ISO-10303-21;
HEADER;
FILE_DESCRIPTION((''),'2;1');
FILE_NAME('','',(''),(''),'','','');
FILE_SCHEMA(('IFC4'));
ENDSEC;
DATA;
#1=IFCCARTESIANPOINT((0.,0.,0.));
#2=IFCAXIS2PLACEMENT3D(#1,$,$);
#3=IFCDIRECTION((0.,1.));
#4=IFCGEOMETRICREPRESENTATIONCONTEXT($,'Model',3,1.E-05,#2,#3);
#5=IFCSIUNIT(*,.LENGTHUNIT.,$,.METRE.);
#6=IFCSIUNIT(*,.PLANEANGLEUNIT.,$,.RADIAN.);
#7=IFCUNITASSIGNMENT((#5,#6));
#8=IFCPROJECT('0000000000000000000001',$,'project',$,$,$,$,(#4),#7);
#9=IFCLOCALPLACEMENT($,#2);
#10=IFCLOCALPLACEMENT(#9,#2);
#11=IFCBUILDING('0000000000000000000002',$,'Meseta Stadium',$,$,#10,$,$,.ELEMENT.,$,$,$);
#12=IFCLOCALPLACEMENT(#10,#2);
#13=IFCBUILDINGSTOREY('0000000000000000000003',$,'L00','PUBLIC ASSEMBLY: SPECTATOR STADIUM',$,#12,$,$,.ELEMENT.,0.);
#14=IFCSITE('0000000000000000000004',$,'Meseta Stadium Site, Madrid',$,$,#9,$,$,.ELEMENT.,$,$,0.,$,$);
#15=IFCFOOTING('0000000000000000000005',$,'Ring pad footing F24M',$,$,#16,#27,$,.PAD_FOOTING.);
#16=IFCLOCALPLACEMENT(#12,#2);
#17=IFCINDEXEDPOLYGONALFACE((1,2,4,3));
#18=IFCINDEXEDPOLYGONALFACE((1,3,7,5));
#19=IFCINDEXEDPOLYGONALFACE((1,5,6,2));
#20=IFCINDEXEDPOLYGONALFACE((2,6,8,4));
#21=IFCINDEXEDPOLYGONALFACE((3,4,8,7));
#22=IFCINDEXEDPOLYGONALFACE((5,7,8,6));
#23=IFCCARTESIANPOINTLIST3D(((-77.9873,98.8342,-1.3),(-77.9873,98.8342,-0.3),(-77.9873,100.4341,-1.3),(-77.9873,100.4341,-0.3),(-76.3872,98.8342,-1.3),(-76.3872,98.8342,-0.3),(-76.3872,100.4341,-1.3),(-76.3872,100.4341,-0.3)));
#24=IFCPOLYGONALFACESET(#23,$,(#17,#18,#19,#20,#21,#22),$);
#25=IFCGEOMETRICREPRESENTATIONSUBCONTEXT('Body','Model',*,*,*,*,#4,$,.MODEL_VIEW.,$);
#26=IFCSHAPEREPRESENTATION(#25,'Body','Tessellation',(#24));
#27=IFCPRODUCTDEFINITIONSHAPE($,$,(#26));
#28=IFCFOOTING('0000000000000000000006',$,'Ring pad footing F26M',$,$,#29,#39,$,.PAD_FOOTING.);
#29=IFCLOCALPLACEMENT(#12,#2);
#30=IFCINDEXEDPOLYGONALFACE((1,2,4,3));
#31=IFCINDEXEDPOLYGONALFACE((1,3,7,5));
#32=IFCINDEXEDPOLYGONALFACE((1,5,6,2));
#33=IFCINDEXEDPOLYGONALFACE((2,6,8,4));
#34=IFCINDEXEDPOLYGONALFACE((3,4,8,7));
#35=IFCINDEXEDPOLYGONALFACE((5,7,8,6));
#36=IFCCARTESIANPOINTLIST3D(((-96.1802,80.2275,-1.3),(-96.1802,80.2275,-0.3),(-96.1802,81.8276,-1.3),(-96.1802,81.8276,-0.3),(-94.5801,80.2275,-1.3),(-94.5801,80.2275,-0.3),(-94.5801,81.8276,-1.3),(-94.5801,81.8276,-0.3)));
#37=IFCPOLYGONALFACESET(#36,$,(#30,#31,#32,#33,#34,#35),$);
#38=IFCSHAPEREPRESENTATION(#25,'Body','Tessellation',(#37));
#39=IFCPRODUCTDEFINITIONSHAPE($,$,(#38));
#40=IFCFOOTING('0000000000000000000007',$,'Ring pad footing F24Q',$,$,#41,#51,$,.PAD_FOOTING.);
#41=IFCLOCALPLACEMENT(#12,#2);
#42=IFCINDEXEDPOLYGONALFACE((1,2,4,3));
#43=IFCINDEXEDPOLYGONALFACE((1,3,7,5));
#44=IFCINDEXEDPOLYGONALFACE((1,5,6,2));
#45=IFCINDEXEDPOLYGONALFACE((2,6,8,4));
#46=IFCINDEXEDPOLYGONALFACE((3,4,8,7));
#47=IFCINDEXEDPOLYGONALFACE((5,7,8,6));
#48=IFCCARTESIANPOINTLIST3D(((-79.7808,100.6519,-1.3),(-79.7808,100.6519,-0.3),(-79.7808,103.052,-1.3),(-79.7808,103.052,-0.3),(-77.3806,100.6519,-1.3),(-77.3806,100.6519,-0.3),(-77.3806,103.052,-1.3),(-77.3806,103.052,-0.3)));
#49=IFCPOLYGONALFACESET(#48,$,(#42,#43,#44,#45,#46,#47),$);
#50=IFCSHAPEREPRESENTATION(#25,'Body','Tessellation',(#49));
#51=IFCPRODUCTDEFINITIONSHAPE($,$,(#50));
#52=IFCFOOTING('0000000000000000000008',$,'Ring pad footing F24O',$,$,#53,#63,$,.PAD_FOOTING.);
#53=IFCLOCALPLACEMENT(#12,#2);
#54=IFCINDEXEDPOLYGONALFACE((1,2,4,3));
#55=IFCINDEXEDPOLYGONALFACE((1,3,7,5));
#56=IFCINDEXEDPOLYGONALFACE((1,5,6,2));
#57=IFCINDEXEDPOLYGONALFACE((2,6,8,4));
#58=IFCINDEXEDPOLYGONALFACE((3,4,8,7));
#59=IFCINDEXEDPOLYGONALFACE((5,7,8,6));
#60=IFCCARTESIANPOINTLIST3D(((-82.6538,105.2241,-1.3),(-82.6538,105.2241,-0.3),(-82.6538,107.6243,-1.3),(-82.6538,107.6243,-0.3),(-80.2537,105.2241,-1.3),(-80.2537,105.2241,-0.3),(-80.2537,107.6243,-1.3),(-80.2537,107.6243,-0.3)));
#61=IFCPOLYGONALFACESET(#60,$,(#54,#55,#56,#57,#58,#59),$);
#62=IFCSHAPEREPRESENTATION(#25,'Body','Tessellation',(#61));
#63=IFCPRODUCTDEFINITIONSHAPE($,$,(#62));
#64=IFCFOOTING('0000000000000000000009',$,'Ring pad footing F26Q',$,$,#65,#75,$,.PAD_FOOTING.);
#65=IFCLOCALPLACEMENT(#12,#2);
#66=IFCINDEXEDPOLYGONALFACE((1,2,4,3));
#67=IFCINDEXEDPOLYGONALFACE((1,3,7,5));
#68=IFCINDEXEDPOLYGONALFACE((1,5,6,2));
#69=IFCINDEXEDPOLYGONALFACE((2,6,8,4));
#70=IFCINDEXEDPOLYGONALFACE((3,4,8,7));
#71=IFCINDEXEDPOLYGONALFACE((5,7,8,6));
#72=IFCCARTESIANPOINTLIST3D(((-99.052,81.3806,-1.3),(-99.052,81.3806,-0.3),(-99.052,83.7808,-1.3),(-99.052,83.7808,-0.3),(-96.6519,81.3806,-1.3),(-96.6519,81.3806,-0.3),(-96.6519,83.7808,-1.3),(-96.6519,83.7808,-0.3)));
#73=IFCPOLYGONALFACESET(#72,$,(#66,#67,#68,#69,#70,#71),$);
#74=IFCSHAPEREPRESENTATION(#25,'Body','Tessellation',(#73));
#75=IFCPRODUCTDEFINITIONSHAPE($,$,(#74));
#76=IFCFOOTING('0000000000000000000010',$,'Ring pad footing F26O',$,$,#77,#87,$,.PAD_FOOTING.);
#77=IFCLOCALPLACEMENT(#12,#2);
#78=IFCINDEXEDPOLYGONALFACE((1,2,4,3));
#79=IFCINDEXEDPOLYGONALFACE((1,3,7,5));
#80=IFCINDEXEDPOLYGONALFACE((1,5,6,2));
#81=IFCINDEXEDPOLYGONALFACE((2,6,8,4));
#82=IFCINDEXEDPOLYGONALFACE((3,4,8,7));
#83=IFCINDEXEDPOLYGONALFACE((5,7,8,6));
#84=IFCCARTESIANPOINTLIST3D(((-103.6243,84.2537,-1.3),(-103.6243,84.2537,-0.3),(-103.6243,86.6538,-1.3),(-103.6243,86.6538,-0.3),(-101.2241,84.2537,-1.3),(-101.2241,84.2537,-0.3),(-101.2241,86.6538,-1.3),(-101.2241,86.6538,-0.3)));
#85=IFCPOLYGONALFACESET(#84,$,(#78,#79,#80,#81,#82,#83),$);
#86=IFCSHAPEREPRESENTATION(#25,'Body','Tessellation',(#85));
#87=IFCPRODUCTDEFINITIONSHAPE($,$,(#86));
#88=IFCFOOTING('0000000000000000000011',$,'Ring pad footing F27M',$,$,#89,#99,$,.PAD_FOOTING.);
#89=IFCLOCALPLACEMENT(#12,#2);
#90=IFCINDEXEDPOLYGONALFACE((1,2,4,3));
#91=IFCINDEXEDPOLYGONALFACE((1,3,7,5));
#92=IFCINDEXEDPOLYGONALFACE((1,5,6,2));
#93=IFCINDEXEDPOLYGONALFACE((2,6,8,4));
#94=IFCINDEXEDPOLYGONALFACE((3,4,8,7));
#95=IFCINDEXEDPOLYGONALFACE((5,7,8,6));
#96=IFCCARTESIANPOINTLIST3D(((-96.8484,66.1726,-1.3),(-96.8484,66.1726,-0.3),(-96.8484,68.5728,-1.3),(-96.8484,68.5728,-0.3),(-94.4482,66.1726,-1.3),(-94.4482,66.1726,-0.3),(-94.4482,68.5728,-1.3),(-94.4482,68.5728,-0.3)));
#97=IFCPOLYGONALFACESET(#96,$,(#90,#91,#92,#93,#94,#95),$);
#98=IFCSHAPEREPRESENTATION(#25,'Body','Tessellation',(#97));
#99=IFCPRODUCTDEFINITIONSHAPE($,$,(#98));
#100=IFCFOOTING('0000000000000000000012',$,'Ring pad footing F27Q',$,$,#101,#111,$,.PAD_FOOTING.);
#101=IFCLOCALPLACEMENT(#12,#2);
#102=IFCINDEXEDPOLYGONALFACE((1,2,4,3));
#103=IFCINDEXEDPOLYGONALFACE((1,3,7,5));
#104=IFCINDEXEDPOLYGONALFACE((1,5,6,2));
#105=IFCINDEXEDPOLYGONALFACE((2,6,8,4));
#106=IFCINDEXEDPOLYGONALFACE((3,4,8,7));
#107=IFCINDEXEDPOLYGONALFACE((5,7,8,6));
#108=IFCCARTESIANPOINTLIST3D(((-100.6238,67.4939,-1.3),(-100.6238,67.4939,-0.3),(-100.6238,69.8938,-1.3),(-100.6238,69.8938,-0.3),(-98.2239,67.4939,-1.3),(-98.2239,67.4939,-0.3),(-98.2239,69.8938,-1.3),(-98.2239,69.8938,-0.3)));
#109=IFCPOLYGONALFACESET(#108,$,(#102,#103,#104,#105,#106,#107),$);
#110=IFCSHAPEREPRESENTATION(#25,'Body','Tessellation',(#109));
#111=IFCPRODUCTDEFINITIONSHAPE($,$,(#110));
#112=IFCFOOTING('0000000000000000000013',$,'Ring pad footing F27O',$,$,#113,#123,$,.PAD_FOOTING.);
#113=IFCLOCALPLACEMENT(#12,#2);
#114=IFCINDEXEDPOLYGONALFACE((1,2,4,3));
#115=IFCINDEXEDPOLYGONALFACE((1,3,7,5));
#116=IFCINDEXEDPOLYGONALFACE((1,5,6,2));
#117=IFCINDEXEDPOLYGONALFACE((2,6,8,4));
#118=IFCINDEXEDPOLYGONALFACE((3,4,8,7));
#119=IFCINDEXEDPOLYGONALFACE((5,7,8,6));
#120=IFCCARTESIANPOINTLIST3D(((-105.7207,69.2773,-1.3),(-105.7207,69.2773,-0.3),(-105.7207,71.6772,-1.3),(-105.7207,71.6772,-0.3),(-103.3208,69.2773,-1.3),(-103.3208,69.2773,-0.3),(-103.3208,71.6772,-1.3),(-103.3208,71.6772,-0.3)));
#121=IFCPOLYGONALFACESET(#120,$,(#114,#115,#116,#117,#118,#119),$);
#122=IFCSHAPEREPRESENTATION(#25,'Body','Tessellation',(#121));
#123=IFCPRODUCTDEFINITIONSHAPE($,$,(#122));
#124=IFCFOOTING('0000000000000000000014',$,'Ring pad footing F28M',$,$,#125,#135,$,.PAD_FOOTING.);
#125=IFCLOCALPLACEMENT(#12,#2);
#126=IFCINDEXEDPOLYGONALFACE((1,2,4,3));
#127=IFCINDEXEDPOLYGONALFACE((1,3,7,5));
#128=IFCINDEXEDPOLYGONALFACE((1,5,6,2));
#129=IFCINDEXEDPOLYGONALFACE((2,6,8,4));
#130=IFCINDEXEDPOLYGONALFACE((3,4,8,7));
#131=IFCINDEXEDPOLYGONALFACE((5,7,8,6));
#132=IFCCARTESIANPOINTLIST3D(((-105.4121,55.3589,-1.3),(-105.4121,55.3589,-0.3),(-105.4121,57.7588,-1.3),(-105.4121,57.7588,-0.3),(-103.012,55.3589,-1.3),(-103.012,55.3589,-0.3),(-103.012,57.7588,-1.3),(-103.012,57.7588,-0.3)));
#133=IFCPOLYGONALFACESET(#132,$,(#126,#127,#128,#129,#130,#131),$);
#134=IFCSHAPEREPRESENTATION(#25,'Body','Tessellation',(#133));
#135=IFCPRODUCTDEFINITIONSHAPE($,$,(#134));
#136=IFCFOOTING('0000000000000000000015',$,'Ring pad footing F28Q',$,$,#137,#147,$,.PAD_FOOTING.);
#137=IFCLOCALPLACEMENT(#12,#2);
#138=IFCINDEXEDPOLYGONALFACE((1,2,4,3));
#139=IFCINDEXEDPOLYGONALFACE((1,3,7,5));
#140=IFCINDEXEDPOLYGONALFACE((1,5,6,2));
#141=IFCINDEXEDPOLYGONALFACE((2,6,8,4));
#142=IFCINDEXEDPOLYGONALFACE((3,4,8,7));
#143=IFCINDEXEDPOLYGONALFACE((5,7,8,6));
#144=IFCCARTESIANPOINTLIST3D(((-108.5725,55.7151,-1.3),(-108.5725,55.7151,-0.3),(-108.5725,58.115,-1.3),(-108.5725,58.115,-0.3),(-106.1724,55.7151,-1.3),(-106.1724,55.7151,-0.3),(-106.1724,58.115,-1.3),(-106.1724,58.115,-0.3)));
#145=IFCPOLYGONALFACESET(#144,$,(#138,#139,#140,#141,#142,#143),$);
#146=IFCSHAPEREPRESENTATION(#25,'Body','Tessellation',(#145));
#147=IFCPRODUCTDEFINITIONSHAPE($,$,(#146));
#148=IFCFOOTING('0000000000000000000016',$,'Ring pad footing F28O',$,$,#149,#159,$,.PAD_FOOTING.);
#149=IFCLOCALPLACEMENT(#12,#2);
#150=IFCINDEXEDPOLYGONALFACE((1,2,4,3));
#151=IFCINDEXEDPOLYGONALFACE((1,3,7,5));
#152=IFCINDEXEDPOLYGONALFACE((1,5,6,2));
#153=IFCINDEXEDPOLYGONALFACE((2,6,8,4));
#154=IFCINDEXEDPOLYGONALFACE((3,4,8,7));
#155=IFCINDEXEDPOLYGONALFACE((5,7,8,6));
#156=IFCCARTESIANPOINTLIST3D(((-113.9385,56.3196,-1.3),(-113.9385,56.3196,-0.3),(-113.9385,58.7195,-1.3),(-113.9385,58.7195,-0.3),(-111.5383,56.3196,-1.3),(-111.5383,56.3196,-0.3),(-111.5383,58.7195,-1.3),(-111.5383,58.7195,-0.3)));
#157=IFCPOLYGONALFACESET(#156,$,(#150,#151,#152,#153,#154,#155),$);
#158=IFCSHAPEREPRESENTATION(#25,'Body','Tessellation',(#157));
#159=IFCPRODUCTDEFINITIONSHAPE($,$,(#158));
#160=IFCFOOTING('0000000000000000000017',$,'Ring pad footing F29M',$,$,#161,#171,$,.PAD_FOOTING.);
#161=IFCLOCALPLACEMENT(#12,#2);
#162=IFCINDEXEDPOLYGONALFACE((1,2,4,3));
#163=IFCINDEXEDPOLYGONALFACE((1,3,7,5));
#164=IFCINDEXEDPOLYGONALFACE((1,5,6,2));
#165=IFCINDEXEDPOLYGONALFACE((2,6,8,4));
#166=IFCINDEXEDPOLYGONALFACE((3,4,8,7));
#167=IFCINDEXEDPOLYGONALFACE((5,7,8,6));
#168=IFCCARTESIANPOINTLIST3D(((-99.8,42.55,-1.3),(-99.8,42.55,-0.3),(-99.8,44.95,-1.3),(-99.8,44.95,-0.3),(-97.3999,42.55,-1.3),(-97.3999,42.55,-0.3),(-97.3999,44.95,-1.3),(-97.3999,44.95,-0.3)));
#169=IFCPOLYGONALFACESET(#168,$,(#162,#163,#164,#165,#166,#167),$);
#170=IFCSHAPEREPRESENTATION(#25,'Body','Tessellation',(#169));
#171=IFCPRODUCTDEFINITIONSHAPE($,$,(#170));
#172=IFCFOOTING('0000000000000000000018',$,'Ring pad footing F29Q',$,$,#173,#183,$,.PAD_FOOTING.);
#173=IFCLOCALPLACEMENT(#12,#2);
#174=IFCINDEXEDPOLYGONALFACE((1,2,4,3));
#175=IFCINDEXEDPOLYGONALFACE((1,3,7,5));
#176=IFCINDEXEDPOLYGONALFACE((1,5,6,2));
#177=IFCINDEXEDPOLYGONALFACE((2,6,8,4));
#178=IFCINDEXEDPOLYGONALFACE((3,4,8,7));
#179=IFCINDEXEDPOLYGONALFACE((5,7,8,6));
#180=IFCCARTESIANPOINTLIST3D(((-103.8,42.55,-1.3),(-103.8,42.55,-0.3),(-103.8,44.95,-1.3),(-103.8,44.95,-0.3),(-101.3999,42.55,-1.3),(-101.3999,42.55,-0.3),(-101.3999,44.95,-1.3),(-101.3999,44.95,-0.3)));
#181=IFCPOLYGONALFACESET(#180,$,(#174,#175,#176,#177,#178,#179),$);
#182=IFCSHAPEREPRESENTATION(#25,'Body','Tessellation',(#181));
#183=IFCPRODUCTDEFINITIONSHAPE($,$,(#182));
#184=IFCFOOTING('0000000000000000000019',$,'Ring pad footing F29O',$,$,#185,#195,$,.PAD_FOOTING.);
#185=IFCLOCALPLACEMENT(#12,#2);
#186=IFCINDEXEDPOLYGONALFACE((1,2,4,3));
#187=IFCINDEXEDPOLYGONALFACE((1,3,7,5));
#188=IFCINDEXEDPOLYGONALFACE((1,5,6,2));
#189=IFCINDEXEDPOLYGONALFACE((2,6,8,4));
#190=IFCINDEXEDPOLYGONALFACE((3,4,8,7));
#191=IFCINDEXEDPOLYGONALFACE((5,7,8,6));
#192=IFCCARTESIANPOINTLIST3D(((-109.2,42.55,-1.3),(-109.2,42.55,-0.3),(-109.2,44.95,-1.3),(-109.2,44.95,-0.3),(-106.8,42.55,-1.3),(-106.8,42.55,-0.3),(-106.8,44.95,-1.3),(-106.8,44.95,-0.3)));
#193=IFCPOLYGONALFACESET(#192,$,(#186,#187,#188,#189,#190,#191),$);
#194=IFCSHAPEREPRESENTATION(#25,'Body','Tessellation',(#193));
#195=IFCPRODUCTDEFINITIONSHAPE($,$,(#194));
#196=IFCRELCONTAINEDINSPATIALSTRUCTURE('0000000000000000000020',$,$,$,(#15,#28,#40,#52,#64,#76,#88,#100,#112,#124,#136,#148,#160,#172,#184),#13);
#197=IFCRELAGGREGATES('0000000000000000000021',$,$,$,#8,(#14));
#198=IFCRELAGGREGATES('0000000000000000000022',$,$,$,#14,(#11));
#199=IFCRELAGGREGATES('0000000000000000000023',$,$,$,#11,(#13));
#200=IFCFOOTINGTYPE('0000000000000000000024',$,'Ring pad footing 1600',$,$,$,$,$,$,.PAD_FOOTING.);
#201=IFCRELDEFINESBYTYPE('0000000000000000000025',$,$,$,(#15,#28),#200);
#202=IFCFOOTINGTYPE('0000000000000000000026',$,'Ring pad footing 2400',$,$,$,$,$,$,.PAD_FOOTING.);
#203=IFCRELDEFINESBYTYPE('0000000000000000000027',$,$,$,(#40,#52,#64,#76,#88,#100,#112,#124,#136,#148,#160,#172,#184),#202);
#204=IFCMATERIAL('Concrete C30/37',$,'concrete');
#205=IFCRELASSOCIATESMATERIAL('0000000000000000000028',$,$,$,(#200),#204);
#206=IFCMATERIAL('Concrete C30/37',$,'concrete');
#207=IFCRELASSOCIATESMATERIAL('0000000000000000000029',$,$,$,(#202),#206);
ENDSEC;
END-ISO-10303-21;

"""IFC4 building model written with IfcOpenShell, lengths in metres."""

from ifc_helpers import new_model, si_unit, direction, frame, origin, place, context, subcontext, project, spatial, polyline, outline, extrude, material, type_object, element, save


model = new_model("IFC4")

# Units and contexts
model_context = context("Model", 3, precision=1e-05, world=origin(), true_north=direction((0.0, 1.0)))
body_context = subcontext(model_context, "Body", "Model", "MODEL_VIEW")
ifc_project = project(units=[si_unit("LENGTHUNIT", "METRE"), si_unit("PLANEANGLEUNIT", "RADIAN")], contexts=[model_context])

# Site, building, storey
site_placement = place(None, origin())
site = spatial("IfcSite", under=ifc_project, at=site_placement, Name="Meseta Stadium Site, Madrid", CompositionType="ELEMENT", RefElevation=0.0)
building_placement = place(site_placement, origin())
building = spatial("IfcBuilding", under=site, at=building_placement, Name="Meseta Stadium", CompositionType="ELEMENT")
storey_placement = place(building_placement, origin())
storey = spatial("IfcBuildingStorey", under=building, at=storey_placement, Name="L00", Description="PUBLIC ASSEMBLY: SPECTATOR STADIUM", CompositionType="ELEMENT", Elevation=0.0)

# Footings
ifc_material_1 = material(Name="Concrete C30/37", Category="concrete")
footing_type_1 = type_object("IfcFootingType", Name="Ring pad footing 1600", PredefinedType="PAD_FOOTING", material=ifc_material_1)
footing_1_placement = place(storey_placement, frame((0.0, 0.0, -1.3)))
element("IfcFooting", 1, at=footing_1_placement, inside=storey, type_object=footing_type_1, Name="Ring pad footing F24M", PredefinedType="PAD_FOOTING", context=body_context, shape_type="SweptSolid", body=[
    extrude(outline(polyline([(-76.3872, 98.8342), (-76.3872, 100.4341), (-77.9873, 100.4341), (-77.9873, 98.8342), (-76.3872, 98.8342)])), origin(), (0.0, 0.0, 1.0), 1.0),
])
footing_2_placement = place(storey_placement, frame((0.0, 0.0, -1.3)))
element("IfcFooting", 2, at=footing_2_placement, inside=storey, type_object=footing_type_1, Name="Ring pad footing F26M", PredefinedType="PAD_FOOTING", context=body_context, shape_type="SweptSolid", body=[
    extrude(outline(polyline([(-94.5801, 80.2275), (-94.5801, 81.8276), (-96.1802, 81.8276), (-96.1802, 80.2275), (-94.5801, 80.2275)])), origin(), (0.0, 0.0, 1.0), 1.0),
])
ifc_material_2 = material(Name="Concrete C30/37", Category="concrete")
footing_type_2 = type_object("IfcFootingType", Name="Ring pad footing 2400", PredefinedType="PAD_FOOTING", material=ifc_material_2)
footing_3_placement = place(storey_placement, frame((0.0, 0.0, -1.3)))
element("IfcFooting", 3, at=footing_3_placement, inside=storey, type_object=footing_type_2, Name="Ring pad footing F24Q", PredefinedType="PAD_FOOTING", context=body_context, shape_type="SweptSolid", body=[
    extrude(outline(polyline([(-77.3806, 100.6519), (-77.3806, 103.052), (-79.7808, 103.052), (-79.7808, 100.6519), (-77.3806, 100.6519)])), origin(), (0.0, 0.0, 1.0), 1.0),
])
footing_4_placement = place(storey_placement, frame((0.0, 0.0, -1.3)))
element("IfcFooting", 4, at=footing_4_placement, inside=storey, type_object=footing_type_2, Name="Ring pad footing F24O", PredefinedType="PAD_FOOTING", context=body_context, shape_type="SweptSolid", body=[
    extrude(outline(polyline([(-80.2537, 105.2241), (-80.2537, 107.6243), (-82.6538, 107.6243), (-82.6538, 105.2241), (-80.2537, 105.2241)])), origin(), (0.0, 0.0, 1.0), 1.0),
])
footing_5_placement = place(storey_placement, frame((0.0, 0.0, -1.3)))
element("IfcFooting", 5, at=footing_5_placement, inside=storey, type_object=footing_type_2, Name="Ring pad footing F26Q", PredefinedType="PAD_FOOTING", context=body_context, shape_type="SweptSolid", body=[
    extrude(outline(polyline([(-96.6519, 81.3806), (-96.6519, 83.7808), (-99.052, 83.7808), (-99.052, 81.3806), (-96.6519, 81.3806)])), origin(), (0.0, 0.0, 1.0), 1.0),
])
footing_6_placement = place(storey_placement, frame((0.0, 0.0, -1.3)))
element("IfcFooting", 6, at=footing_6_placement, inside=storey, type_object=footing_type_2, Name="Ring pad footing F26O", PredefinedType="PAD_FOOTING", context=body_context, shape_type="SweptSolid", body=[
    extrude(outline(polyline([(-101.2241, 84.2537), (-101.2241, 86.6538), (-103.6243, 86.6538), (-103.6243, 84.2537), (-101.2241, 84.2537)])), origin(), (0.0, 0.0, 1.0), 1.0),
])
footing_7_placement = place(storey_placement, frame((0.0, 0.0, -1.3)))
element("IfcFooting", 7, at=footing_7_placement, inside=storey, type_object=footing_type_2, Name="Ring pad footing F27M", PredefinedType="PAD_FOOTING", context=body_context, shape_type="SweptSolid", body=[
    extrude(outline(polyline([(-94.4482, 66.1726), (-94.4482, 68.5728), (-96.8484, 68.5728), (-96.8484, 66.1726), (-94.4482, 66.1726)])), origin(), (0.0, 0.0, 1.0), 1.0),
])
footing_8_placement = place(storey_placement, frame((0.0, 0.0, -1.3)))
element("IfcFooting", 8, at=footing_8_placement, inside=storey, type_object=footing_type_2, Name="Ring pad footing F27Q", PredefinedType="PAD_FOOTING", context=body_context, shape_type="SweptSolid", body=[
    extrude(outline(polyline([(-98.2239, 67.4939), (-98.2239, 69.8938), (-100.6238, 69.8938), (-100.6238, 67.4939), (-98.2239, 67.4939)])), origin(), (0.0, 0.0, 1.0), 1.0),
])
footing_9_placement = place(storey_placement, frame((0.0, 0.0, -1.3)))
element("IfcFooting", 9, at=footing_9_placement, inside=storey, type_object=footing_type_2, Name="Ring pad footing F27O", PredefinedType="PAD_FOOTING", context=body_context, shape_type="SweptSolid", body=[
    extrude(outline(polyline([(-103.3208, 69.2773), (-103.3208, 71.6772), (-105.7207, 71.6772), (-105.7207, 69.2773), (-103.3208, 69.2773)])), origin(), (0.0, 0.0, 1.0), 1.0),
])
footing_10_placement = place(storey_placement, frame((0.0, 0.0, -1.3)))
element("IfcFooting", 10, at=footing_10_placement, inside=storey, type_object=footing_type_2, Name="Ring pad footing F28M", PredefinedType="PAD_FOOTING", context=body_context, shape_type="SweptSolid", body=[
    extrude(outline(polyline([(-103.012, 55.3589), (-103.012, 57.7588), (-105.4121, 57.7588), (-105.4121, 55.3589), (-103.012, 55.3589)])), origin(), (0.0, 0.0, 1.0), 1.0),
])
footing_11_placement = place(storey_placement, frame((0.0, 0.0, -1.3)))
element("IfcFooting", 11, at=footing_11_placement, inside=storey, type_object=footing_type_2, Name="Ring pad footing F28Q", PredefinedType="PAD_FOOTING", context=body_context, shape_type="SweptSolid", body=[
    extrude(outline(polyline([(-106.1724, 55.7151), (-106.1724, 58.115), (-108.5725, 58.115), (-108.5725, 55.7151), (-106.1724, 55.7151)])), origin(), (0.0, 0.0, 1.0), 1.0),
])
footing_12_placement = place(storey_placement, frame((0.0, 0.0, -1.3)))
element("IfcFooting", 12, at=footing_12_placement, inside=storey, type_object=footing_type_2, Name="Ring pad footing F28O", PredefinedType="PAD_FOOTING", context=body_context, shape_type="SweptSolid", body=[
    extrude(outline(polyline([(-111.5383, 56.3196), (-111.5383, 58.7195), (-113.9385, 58.7195), (-113.9385, 56.3196), (-111.5383, 56.3196)])), origin(), (0.0, 0.0, 1.0), 1.0),
])
footing_13_placement = place(storey_placement, frame((0.0, 0.0, -1.3)))
element("IfcFooting", 13, at=footing_13_placement, inside=storey, type_object=footing_type_2, Name="Ring pad footing F29M", PredefinedType="PAD_FOOTING", context=body_context, shape_type="SweptSolid", body=[
    extrude(outline(polyline([(-97.3999, 42.55), (-97.3999, 44.95), (-99.8, 44.95), (-99.8, 42.55), (-97.3999, 42.55)])), origin(), (0.0, 0.0, 1.0), 1.0),
])
footing_14_placement = place(storey_placement, frame((0.0, 0.0, -1.3)))
element("IfcFooting", 14, at=footing_14_placement, inside=storey, type_object=footing_type_2, Name="Ring pad footing F29Q", PredefinedType="PAD_FOOTING", context=body_context, shape_type="SweptSolid", body=[
    extrude(outline(polyline([(-101.3999, 42.55), (-101.3999, 44.95), (-103.8, 44.95), (-103.8, 42.55), (-101.3999, 42.55)])), origin(), (0.0, 0.0, 1.0), 1.0),
])
footing_15_placement = place(storey_placement, frame((0.0, 0.0, -1.3)))
element("IfcFooting", 15, at=footing_15_placement, inside=storey, type_object=footing_type_2, Name="Ring pad footing F29O", PredefinedType="PAD_FOOTING", context=body_context, shape_type="SweptSolid", body=[
    extrude(outline(polyline([(-106.8, 42.55), (-106.8, 44.95), (-109.2, 44.95), (-109.2, 42.55), (-106.8, 42.55)])), origin(), (0.0, 0.0, 1.0), 1.0),
])

save(model, "model.ifc")
